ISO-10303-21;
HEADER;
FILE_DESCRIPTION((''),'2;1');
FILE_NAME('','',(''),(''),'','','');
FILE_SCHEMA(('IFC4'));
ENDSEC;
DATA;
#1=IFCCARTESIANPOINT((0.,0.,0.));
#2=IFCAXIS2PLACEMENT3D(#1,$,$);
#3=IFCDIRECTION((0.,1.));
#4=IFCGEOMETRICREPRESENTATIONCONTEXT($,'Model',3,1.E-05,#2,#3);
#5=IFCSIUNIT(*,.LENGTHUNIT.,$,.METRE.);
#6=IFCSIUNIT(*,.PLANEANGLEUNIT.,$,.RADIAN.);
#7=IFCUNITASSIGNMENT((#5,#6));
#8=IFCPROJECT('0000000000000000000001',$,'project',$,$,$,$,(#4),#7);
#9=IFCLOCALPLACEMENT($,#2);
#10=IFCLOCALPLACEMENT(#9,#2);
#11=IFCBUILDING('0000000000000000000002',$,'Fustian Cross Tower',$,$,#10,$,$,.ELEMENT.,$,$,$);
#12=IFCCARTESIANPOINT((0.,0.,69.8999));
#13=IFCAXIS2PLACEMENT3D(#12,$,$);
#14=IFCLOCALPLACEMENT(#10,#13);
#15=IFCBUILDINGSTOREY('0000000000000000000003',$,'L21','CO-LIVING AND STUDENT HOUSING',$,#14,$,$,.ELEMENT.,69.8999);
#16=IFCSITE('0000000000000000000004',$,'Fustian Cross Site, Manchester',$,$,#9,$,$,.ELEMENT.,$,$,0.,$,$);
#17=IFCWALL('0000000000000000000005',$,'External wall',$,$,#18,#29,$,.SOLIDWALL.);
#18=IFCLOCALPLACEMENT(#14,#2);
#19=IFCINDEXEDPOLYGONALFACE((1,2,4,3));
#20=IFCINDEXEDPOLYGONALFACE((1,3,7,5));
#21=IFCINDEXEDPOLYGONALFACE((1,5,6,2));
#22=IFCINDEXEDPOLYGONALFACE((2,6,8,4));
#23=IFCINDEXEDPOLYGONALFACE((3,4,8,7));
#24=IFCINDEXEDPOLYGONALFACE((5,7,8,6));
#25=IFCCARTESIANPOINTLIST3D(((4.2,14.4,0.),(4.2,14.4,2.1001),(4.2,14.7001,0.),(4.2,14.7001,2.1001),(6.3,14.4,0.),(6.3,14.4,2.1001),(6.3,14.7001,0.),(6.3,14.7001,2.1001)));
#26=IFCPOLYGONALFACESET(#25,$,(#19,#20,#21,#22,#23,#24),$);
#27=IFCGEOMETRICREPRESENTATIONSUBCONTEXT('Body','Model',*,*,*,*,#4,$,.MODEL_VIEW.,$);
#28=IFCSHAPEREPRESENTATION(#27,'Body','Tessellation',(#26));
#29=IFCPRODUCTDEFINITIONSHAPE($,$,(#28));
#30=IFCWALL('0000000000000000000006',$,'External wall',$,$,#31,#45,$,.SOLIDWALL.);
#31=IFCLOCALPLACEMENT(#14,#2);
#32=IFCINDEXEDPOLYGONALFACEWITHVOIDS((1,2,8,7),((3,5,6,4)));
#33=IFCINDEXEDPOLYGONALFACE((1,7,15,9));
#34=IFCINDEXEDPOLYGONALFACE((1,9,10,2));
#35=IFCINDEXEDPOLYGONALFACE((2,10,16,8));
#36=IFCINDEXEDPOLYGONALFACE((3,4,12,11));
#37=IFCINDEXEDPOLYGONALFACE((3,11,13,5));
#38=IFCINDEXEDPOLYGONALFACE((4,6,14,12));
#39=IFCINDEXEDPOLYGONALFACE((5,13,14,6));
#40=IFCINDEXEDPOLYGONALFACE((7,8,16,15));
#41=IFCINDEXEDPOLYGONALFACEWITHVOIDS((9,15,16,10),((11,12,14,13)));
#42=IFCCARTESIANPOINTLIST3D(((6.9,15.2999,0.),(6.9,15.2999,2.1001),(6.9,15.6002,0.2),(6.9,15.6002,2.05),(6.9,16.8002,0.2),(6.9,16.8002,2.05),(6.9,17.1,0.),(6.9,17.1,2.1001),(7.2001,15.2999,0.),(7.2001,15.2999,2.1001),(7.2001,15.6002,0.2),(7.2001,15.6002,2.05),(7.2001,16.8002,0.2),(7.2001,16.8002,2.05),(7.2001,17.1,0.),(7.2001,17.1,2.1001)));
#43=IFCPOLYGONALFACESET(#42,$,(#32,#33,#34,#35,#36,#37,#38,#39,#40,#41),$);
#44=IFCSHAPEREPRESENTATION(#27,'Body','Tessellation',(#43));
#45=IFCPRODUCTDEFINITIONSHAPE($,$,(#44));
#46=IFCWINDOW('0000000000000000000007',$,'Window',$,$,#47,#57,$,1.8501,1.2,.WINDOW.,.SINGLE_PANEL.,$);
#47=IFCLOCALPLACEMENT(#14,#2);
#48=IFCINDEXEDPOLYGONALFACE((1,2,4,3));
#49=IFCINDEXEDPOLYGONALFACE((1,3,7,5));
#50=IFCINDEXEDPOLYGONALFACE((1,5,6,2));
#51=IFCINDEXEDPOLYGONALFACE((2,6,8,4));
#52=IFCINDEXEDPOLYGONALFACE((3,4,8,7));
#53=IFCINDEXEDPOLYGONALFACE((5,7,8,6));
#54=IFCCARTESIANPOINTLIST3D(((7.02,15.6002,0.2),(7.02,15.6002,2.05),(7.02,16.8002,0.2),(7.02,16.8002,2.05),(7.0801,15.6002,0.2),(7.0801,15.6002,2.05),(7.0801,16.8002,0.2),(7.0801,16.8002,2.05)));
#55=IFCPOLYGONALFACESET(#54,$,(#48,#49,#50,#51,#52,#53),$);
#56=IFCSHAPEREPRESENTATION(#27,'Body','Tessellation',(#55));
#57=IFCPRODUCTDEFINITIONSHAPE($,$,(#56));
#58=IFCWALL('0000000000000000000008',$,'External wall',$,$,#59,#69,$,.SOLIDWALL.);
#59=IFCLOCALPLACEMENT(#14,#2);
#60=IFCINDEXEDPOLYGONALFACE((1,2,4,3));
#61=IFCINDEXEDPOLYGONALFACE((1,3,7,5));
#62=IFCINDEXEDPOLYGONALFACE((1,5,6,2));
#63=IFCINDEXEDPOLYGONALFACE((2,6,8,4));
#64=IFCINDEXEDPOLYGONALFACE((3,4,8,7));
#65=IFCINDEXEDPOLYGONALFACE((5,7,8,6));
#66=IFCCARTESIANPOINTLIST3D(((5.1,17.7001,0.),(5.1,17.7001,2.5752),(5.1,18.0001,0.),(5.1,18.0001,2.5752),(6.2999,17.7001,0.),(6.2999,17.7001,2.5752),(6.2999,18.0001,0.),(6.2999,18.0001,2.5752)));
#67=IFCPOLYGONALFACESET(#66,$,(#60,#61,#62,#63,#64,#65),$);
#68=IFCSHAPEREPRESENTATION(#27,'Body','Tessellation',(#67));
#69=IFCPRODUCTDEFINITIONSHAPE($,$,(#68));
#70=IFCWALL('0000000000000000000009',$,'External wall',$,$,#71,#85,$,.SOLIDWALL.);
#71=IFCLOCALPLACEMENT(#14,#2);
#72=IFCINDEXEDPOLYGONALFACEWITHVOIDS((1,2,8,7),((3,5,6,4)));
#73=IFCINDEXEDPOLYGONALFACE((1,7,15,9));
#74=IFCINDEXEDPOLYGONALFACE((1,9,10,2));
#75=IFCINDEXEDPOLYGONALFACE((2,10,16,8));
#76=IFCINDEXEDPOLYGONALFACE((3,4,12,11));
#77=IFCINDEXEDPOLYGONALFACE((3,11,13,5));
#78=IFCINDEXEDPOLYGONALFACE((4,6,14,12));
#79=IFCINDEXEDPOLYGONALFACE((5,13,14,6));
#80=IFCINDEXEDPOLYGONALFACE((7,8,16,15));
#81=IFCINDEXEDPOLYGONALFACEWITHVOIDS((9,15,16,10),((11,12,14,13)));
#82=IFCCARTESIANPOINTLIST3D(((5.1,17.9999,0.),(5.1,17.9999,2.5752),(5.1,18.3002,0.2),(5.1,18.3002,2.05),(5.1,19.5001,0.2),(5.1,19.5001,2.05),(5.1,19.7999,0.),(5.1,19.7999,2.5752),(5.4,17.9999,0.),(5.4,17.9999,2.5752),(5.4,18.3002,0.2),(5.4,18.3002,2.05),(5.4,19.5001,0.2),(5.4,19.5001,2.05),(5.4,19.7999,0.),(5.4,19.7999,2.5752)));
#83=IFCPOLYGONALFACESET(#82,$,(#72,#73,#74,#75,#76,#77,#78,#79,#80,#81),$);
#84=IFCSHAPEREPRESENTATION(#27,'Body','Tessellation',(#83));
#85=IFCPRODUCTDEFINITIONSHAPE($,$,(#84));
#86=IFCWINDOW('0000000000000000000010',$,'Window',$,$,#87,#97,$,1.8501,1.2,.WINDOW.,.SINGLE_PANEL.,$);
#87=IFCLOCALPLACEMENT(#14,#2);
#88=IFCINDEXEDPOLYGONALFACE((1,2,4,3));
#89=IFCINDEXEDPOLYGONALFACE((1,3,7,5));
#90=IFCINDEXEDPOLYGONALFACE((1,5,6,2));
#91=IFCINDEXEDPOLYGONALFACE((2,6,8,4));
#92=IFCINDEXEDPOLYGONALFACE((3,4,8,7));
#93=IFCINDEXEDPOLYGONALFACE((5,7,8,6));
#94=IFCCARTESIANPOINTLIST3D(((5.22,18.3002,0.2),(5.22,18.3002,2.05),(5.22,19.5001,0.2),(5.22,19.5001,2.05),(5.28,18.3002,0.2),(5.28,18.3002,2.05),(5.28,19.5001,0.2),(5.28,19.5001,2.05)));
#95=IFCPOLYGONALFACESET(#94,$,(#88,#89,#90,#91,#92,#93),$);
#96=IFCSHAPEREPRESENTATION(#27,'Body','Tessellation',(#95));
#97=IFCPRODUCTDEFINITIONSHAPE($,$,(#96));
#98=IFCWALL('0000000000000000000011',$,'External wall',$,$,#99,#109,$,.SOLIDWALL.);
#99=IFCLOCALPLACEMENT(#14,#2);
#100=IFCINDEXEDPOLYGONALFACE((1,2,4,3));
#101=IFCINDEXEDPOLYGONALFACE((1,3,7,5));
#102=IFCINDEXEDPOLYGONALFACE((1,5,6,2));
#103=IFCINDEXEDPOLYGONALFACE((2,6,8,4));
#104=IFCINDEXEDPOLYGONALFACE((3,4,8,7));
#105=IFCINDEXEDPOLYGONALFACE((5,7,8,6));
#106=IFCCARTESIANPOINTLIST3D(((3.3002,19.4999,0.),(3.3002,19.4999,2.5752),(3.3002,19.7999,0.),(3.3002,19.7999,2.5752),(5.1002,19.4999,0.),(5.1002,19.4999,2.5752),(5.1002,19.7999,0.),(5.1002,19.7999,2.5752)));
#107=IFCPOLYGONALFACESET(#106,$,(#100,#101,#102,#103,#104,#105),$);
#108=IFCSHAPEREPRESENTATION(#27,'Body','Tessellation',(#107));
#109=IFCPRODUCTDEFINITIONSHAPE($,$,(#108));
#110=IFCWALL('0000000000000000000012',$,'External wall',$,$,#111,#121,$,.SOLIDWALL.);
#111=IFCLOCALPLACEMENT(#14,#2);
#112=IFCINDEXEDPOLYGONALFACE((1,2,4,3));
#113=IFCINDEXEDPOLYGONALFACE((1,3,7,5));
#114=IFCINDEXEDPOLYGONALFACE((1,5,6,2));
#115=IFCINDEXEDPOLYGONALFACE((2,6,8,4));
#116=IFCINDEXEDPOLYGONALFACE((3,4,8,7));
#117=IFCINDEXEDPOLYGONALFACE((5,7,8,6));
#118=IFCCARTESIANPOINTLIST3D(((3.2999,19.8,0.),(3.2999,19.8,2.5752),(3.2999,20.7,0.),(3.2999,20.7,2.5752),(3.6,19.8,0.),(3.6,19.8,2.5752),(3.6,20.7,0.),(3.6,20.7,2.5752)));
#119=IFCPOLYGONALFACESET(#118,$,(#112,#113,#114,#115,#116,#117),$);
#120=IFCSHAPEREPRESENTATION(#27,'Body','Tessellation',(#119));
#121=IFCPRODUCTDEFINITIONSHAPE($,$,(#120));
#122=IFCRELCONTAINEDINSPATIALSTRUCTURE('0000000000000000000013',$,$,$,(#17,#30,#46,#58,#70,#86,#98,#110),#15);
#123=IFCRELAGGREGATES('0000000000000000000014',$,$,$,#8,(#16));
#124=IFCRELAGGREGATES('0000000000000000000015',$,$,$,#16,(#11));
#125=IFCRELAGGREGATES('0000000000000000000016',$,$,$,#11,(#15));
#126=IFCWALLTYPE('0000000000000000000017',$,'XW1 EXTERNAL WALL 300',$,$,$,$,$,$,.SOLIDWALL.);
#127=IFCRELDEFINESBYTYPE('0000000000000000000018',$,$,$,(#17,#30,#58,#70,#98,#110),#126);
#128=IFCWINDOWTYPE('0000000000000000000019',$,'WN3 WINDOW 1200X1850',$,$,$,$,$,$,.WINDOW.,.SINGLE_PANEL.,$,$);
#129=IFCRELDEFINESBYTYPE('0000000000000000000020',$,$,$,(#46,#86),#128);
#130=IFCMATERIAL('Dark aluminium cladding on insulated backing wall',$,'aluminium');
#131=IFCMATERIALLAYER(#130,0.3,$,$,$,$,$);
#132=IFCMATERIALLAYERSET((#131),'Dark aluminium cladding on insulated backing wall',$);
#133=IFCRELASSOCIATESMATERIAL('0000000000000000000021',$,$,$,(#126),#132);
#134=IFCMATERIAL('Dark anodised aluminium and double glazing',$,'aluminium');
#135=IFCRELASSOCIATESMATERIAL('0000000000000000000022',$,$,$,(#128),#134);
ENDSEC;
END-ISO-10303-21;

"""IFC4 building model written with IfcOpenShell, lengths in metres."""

from ifc_helpers import new_model, si_unit, direction, frame, frame_2d, origin, place, context, subcontext, project, spatial, rectangle, extrude, material, layer, layer_set, type_object, element, fill, save


model = new_model("IFC4")

# Units and contexts
model_context = context("Model", 3, precision=1e-05, world=origin(), true_north=direction((0.0, 1.0)))
body_context = subcontext(model_context, "Body", "Model", "MODEL_VIEW")
ifc_project = project(units=[si_unit("LENGTHUNIT", "METRE"), si_unit("PLANEANGLEUNIT", "RADIAN")], contexts=[model_context])

# Site, building, storey
site_placement = place(None, origin())
site = spatial("IfcSite", under=ifc_project, at=site_placement, Name="Fustian Cross Site, Manchester", CompositionType="ELEMENT", RefElevation=0.0)
building_placement = place(site_placement, origin())
building = spatial("IfcBuilding", under=site, at=building_placement, Name="Fustian Cross Tower", CompositionType="ELEMENT")
storey_placement = place(building_placement, frame((0.0, 0.0, 69.8999)))
storey = spatial("IfcBuildingStorey", under=building, at=storey_placement, Name="L21", Description="CO-LIVING AND STUDENT HOUSING", CompositionType="ELEMENT", Elevation=69.8999)

# Wall
ifc_material_1 = material(Name="Dark aluminium cladding on insulated backing wall", Category="aluminium")
ifc_layer_1 = layer(ifc_material_1, 0.3)
ifc_layer_set_1 = layer_set([ifc_layer_1], Name="Dark aluminium cladding on insulated backing wall")
wall_type_1 = type_object("IfcWallType", Name="XW1 EXTERNAL WALL 300", PredefinedType="SOLIDWALL", material=ifc_layer_set_1)
wall_1_placement = place(storey_placement, frame((4.2, 14.55, 0.0), z_axis=(0.0, 0.0, 1.0), x_axis=(1.0, 0.0, 0.0)))
element("IfcWall", 1, at=wall_1_placement, inside=storey, type_object=wall_type_1, Name="External wall", PredefinedType="SOLIDWALL", context=body_context, shape_type="SweptSolid", body=[
    extrude(rectangle(XDim=2.1001, YDim=0.3, at=frame_2d((1.05, 0.0))), origin(), (0.0, 0.0, 1.0), 2.1001),
])

# Wall, opening, window
wall_2_placement = place(storey_placement, frame((7.05, 15.3, 0.0), z_axis=(0.0, 0.0, 1.0), x_axis=(0.0, 1.0, 0.0)))
wall_2 = element("IfcWall", 2, at=wall_2_placement, inside=storey, type_object=wall_type_1, Name="External wall", PredefinedType="SOLIDWALL", context=body_context, shape_type="SweptSolid", body=[
    extrude(rectangle(XDim=1.8, YDim=0.3, at=frame_2d((0.8999, 0.0))), origin(), (0.0, 0.0, 1.0), 2.1001),
])
opening_1_placement = place(wall_2_placement, frame((0.3, 0.0, 0.2)))
opening_1 = element("IfcOpeningElement", 3, at=opening_1_placement, cuts=wall_2, PredefinedType="OPENING", context=body_context, shape_type="SweptSolid", body=[
    extrude(rectangle(XDim=1.2, YDim=1.8501, at=frame_2d((0.6001, 0.925))), frame((0.0, 0.1599, 0.0), z_axis=(0.0, -1.0, 0.0), x_axis=(1.0, 0.0, 0.0)), (0.0, 0.0, 1.0), 0.3201),
])
ifc_material_2 = material(Name="Dark anodised aluminium and double glazing", Category="aluminium")
window_type_1 = type_object("IfcWindowType", Name="WN3 WINDOW 1200X1850", PartitioningType="SINGLE_PANEL", PredefinedType="WINDOW", material=ifc_material_2)
window_1_placement = place(opening_1_placement, origin())
window_1 = element("IfcWindow", 4, at=window_1_placement, inside=storey, type_object=window_type_1, Name="Window", OverallHeight=1.8501, OverallWidth=1.2, PartitioningType="SINGLE_PANEL", PredefinedType="WINDOW", context=body_context, shape_type="SweptSolid", body=[
    extrude(rectangle(XDim=1.2, YDim=1.8501, at=frame_2d((0.6001, 0.925))), frame((0.0, 0.03, 0.0), z_axis=(0.0, -1.0, 0.0), x_axis=(1.0, 0.0, 0.0)), (0.0, 0.0, 1.0), 0.0601),
])
fill(opening_1, window_1)

# Wall
wall_3_placement = place(storey_placement, frame((6.3, 17.8501, 0.0), z_axis=(0.0, 0.0, 1.0), x_axis=(-1.0, 0.0, 0.0)))
element("IfcWall", 5, at=wall_3_placement, inside=storey, type_object=wall_type_1, Name="External wall", PredefinedType="SOLIDWALL", context=body_context, shape_type="SweptSolid", body=[
    extrude(rectangle(XDim=1.2, YDim=0.3, at=frame_2d((0.6001, 0.0))), origin(), (0.0, 0.0, 1.0), 2.5752),
])

# Wall, opening, window
wall_4_placement = place(storey_placement, frame((5.25, 18.0, 0.0), z_axis=(0.0, 0.0, 1.0), x_axis=(0.0, 1.0, 0.0)))
wall_4 = element("IfcWall", 6, at=wall_4_placement, inside=storey, type_object=wall_type_1, Name="External wall", PredefinedType="SOLIDWALL", context=body_context, shape_type="SweptSolid", body=[
    extrude(rectangle(XDim=1.8, YDim=0.3, at=frame_2d((0.8999, 0.0))), origin(), (0.0, 0.0, 1.0), 2.5752),
])
opening_2_placement = place(wall_4_placement, frame((0.3, 0.0, 0.2)))
opening_2 = element("IfcOpeningElement", 7, at=opening_2_placement, cuts=wall_4, PredefinedType="OPENING", context=body_context, shape_type="SweptSolid", body=[
    extrude(rectangle(XDim=1.2, YDim=1.8501, at=frame_2d((0.6001, 0.925))), frame((0.0, 0.1599, 0.0), z_axis=(0.0, -1.0, 0.0), x_axis=(1.0, 0.0, 0.0)), (0.0, 0.0, 1.0), 0.3201),
])
window_2_placement = place(opening_2_placement, origin())
window_2 = element("IfcWindow", 8, at=window_2_placement, inside=storey, type_object=window_type_1, Name="Window", OverallHeight=1.8501, OverallWidth=1.2, PartitioningType="SINGLE_PANEL", PredefinedType="WINDOW", context=body_context, shape_type="SweptSolid", body=[
    extrude(rectangle(XDim=1.2, YDim=1.8501, at=frame_2d((0.6001, 0.925))), frame((0.0, 0.03, 0.0), z_axis=(0.0, -1.0, 0.0), x_axis=(1.0, 0.0, 0.0)), (0.0, 0.0, 1.0), 0.0601),
])
fill(opening_2, window_2)

# Walls
wall_5_placement = place(storey_placement, frame((5.1001, 19.6499, 0.0), z_axis=(0.0, 0.0, 1.0), x_axis=(-1.0, 0.0, 0.0)))
element("IfcWall", 9, at=wall_5_placement, inside=storey, type_object=wall_type_1, Name="External wall", PredefinedType="SOLIDWALL", context=body_context, shape_type="SweptSolid", body=[
    extrude(rectangle(XDim=1.8, YDim=0.3, at=frame_2d((0.8999, 0.0))), origin(), (0.0, 0.0, 1.0), 2.5752),
])
wall_6_placement = place(storey_placement, frame((3.45, 19.8, 0.0), z_axis=(0.0, 0.0, 1.0), x_axis=(0.0, 1.0, 0.0)))
element("IfcWall", 10, at=wall_6_placement, inside=storey, type_object=wall_type_1, Name="External wall", PredefinedType="SOLIDWALL", context=body_context, shape_type="SweptSolid", body=[
    extrude(rectangle(XDim=0.8999, YDim=0.3, at=frame_2d((0.45, 0.0))), origin(), (0.0, 0.0, 1.0), 2.5752),
])

save(model, "model.ifc")
